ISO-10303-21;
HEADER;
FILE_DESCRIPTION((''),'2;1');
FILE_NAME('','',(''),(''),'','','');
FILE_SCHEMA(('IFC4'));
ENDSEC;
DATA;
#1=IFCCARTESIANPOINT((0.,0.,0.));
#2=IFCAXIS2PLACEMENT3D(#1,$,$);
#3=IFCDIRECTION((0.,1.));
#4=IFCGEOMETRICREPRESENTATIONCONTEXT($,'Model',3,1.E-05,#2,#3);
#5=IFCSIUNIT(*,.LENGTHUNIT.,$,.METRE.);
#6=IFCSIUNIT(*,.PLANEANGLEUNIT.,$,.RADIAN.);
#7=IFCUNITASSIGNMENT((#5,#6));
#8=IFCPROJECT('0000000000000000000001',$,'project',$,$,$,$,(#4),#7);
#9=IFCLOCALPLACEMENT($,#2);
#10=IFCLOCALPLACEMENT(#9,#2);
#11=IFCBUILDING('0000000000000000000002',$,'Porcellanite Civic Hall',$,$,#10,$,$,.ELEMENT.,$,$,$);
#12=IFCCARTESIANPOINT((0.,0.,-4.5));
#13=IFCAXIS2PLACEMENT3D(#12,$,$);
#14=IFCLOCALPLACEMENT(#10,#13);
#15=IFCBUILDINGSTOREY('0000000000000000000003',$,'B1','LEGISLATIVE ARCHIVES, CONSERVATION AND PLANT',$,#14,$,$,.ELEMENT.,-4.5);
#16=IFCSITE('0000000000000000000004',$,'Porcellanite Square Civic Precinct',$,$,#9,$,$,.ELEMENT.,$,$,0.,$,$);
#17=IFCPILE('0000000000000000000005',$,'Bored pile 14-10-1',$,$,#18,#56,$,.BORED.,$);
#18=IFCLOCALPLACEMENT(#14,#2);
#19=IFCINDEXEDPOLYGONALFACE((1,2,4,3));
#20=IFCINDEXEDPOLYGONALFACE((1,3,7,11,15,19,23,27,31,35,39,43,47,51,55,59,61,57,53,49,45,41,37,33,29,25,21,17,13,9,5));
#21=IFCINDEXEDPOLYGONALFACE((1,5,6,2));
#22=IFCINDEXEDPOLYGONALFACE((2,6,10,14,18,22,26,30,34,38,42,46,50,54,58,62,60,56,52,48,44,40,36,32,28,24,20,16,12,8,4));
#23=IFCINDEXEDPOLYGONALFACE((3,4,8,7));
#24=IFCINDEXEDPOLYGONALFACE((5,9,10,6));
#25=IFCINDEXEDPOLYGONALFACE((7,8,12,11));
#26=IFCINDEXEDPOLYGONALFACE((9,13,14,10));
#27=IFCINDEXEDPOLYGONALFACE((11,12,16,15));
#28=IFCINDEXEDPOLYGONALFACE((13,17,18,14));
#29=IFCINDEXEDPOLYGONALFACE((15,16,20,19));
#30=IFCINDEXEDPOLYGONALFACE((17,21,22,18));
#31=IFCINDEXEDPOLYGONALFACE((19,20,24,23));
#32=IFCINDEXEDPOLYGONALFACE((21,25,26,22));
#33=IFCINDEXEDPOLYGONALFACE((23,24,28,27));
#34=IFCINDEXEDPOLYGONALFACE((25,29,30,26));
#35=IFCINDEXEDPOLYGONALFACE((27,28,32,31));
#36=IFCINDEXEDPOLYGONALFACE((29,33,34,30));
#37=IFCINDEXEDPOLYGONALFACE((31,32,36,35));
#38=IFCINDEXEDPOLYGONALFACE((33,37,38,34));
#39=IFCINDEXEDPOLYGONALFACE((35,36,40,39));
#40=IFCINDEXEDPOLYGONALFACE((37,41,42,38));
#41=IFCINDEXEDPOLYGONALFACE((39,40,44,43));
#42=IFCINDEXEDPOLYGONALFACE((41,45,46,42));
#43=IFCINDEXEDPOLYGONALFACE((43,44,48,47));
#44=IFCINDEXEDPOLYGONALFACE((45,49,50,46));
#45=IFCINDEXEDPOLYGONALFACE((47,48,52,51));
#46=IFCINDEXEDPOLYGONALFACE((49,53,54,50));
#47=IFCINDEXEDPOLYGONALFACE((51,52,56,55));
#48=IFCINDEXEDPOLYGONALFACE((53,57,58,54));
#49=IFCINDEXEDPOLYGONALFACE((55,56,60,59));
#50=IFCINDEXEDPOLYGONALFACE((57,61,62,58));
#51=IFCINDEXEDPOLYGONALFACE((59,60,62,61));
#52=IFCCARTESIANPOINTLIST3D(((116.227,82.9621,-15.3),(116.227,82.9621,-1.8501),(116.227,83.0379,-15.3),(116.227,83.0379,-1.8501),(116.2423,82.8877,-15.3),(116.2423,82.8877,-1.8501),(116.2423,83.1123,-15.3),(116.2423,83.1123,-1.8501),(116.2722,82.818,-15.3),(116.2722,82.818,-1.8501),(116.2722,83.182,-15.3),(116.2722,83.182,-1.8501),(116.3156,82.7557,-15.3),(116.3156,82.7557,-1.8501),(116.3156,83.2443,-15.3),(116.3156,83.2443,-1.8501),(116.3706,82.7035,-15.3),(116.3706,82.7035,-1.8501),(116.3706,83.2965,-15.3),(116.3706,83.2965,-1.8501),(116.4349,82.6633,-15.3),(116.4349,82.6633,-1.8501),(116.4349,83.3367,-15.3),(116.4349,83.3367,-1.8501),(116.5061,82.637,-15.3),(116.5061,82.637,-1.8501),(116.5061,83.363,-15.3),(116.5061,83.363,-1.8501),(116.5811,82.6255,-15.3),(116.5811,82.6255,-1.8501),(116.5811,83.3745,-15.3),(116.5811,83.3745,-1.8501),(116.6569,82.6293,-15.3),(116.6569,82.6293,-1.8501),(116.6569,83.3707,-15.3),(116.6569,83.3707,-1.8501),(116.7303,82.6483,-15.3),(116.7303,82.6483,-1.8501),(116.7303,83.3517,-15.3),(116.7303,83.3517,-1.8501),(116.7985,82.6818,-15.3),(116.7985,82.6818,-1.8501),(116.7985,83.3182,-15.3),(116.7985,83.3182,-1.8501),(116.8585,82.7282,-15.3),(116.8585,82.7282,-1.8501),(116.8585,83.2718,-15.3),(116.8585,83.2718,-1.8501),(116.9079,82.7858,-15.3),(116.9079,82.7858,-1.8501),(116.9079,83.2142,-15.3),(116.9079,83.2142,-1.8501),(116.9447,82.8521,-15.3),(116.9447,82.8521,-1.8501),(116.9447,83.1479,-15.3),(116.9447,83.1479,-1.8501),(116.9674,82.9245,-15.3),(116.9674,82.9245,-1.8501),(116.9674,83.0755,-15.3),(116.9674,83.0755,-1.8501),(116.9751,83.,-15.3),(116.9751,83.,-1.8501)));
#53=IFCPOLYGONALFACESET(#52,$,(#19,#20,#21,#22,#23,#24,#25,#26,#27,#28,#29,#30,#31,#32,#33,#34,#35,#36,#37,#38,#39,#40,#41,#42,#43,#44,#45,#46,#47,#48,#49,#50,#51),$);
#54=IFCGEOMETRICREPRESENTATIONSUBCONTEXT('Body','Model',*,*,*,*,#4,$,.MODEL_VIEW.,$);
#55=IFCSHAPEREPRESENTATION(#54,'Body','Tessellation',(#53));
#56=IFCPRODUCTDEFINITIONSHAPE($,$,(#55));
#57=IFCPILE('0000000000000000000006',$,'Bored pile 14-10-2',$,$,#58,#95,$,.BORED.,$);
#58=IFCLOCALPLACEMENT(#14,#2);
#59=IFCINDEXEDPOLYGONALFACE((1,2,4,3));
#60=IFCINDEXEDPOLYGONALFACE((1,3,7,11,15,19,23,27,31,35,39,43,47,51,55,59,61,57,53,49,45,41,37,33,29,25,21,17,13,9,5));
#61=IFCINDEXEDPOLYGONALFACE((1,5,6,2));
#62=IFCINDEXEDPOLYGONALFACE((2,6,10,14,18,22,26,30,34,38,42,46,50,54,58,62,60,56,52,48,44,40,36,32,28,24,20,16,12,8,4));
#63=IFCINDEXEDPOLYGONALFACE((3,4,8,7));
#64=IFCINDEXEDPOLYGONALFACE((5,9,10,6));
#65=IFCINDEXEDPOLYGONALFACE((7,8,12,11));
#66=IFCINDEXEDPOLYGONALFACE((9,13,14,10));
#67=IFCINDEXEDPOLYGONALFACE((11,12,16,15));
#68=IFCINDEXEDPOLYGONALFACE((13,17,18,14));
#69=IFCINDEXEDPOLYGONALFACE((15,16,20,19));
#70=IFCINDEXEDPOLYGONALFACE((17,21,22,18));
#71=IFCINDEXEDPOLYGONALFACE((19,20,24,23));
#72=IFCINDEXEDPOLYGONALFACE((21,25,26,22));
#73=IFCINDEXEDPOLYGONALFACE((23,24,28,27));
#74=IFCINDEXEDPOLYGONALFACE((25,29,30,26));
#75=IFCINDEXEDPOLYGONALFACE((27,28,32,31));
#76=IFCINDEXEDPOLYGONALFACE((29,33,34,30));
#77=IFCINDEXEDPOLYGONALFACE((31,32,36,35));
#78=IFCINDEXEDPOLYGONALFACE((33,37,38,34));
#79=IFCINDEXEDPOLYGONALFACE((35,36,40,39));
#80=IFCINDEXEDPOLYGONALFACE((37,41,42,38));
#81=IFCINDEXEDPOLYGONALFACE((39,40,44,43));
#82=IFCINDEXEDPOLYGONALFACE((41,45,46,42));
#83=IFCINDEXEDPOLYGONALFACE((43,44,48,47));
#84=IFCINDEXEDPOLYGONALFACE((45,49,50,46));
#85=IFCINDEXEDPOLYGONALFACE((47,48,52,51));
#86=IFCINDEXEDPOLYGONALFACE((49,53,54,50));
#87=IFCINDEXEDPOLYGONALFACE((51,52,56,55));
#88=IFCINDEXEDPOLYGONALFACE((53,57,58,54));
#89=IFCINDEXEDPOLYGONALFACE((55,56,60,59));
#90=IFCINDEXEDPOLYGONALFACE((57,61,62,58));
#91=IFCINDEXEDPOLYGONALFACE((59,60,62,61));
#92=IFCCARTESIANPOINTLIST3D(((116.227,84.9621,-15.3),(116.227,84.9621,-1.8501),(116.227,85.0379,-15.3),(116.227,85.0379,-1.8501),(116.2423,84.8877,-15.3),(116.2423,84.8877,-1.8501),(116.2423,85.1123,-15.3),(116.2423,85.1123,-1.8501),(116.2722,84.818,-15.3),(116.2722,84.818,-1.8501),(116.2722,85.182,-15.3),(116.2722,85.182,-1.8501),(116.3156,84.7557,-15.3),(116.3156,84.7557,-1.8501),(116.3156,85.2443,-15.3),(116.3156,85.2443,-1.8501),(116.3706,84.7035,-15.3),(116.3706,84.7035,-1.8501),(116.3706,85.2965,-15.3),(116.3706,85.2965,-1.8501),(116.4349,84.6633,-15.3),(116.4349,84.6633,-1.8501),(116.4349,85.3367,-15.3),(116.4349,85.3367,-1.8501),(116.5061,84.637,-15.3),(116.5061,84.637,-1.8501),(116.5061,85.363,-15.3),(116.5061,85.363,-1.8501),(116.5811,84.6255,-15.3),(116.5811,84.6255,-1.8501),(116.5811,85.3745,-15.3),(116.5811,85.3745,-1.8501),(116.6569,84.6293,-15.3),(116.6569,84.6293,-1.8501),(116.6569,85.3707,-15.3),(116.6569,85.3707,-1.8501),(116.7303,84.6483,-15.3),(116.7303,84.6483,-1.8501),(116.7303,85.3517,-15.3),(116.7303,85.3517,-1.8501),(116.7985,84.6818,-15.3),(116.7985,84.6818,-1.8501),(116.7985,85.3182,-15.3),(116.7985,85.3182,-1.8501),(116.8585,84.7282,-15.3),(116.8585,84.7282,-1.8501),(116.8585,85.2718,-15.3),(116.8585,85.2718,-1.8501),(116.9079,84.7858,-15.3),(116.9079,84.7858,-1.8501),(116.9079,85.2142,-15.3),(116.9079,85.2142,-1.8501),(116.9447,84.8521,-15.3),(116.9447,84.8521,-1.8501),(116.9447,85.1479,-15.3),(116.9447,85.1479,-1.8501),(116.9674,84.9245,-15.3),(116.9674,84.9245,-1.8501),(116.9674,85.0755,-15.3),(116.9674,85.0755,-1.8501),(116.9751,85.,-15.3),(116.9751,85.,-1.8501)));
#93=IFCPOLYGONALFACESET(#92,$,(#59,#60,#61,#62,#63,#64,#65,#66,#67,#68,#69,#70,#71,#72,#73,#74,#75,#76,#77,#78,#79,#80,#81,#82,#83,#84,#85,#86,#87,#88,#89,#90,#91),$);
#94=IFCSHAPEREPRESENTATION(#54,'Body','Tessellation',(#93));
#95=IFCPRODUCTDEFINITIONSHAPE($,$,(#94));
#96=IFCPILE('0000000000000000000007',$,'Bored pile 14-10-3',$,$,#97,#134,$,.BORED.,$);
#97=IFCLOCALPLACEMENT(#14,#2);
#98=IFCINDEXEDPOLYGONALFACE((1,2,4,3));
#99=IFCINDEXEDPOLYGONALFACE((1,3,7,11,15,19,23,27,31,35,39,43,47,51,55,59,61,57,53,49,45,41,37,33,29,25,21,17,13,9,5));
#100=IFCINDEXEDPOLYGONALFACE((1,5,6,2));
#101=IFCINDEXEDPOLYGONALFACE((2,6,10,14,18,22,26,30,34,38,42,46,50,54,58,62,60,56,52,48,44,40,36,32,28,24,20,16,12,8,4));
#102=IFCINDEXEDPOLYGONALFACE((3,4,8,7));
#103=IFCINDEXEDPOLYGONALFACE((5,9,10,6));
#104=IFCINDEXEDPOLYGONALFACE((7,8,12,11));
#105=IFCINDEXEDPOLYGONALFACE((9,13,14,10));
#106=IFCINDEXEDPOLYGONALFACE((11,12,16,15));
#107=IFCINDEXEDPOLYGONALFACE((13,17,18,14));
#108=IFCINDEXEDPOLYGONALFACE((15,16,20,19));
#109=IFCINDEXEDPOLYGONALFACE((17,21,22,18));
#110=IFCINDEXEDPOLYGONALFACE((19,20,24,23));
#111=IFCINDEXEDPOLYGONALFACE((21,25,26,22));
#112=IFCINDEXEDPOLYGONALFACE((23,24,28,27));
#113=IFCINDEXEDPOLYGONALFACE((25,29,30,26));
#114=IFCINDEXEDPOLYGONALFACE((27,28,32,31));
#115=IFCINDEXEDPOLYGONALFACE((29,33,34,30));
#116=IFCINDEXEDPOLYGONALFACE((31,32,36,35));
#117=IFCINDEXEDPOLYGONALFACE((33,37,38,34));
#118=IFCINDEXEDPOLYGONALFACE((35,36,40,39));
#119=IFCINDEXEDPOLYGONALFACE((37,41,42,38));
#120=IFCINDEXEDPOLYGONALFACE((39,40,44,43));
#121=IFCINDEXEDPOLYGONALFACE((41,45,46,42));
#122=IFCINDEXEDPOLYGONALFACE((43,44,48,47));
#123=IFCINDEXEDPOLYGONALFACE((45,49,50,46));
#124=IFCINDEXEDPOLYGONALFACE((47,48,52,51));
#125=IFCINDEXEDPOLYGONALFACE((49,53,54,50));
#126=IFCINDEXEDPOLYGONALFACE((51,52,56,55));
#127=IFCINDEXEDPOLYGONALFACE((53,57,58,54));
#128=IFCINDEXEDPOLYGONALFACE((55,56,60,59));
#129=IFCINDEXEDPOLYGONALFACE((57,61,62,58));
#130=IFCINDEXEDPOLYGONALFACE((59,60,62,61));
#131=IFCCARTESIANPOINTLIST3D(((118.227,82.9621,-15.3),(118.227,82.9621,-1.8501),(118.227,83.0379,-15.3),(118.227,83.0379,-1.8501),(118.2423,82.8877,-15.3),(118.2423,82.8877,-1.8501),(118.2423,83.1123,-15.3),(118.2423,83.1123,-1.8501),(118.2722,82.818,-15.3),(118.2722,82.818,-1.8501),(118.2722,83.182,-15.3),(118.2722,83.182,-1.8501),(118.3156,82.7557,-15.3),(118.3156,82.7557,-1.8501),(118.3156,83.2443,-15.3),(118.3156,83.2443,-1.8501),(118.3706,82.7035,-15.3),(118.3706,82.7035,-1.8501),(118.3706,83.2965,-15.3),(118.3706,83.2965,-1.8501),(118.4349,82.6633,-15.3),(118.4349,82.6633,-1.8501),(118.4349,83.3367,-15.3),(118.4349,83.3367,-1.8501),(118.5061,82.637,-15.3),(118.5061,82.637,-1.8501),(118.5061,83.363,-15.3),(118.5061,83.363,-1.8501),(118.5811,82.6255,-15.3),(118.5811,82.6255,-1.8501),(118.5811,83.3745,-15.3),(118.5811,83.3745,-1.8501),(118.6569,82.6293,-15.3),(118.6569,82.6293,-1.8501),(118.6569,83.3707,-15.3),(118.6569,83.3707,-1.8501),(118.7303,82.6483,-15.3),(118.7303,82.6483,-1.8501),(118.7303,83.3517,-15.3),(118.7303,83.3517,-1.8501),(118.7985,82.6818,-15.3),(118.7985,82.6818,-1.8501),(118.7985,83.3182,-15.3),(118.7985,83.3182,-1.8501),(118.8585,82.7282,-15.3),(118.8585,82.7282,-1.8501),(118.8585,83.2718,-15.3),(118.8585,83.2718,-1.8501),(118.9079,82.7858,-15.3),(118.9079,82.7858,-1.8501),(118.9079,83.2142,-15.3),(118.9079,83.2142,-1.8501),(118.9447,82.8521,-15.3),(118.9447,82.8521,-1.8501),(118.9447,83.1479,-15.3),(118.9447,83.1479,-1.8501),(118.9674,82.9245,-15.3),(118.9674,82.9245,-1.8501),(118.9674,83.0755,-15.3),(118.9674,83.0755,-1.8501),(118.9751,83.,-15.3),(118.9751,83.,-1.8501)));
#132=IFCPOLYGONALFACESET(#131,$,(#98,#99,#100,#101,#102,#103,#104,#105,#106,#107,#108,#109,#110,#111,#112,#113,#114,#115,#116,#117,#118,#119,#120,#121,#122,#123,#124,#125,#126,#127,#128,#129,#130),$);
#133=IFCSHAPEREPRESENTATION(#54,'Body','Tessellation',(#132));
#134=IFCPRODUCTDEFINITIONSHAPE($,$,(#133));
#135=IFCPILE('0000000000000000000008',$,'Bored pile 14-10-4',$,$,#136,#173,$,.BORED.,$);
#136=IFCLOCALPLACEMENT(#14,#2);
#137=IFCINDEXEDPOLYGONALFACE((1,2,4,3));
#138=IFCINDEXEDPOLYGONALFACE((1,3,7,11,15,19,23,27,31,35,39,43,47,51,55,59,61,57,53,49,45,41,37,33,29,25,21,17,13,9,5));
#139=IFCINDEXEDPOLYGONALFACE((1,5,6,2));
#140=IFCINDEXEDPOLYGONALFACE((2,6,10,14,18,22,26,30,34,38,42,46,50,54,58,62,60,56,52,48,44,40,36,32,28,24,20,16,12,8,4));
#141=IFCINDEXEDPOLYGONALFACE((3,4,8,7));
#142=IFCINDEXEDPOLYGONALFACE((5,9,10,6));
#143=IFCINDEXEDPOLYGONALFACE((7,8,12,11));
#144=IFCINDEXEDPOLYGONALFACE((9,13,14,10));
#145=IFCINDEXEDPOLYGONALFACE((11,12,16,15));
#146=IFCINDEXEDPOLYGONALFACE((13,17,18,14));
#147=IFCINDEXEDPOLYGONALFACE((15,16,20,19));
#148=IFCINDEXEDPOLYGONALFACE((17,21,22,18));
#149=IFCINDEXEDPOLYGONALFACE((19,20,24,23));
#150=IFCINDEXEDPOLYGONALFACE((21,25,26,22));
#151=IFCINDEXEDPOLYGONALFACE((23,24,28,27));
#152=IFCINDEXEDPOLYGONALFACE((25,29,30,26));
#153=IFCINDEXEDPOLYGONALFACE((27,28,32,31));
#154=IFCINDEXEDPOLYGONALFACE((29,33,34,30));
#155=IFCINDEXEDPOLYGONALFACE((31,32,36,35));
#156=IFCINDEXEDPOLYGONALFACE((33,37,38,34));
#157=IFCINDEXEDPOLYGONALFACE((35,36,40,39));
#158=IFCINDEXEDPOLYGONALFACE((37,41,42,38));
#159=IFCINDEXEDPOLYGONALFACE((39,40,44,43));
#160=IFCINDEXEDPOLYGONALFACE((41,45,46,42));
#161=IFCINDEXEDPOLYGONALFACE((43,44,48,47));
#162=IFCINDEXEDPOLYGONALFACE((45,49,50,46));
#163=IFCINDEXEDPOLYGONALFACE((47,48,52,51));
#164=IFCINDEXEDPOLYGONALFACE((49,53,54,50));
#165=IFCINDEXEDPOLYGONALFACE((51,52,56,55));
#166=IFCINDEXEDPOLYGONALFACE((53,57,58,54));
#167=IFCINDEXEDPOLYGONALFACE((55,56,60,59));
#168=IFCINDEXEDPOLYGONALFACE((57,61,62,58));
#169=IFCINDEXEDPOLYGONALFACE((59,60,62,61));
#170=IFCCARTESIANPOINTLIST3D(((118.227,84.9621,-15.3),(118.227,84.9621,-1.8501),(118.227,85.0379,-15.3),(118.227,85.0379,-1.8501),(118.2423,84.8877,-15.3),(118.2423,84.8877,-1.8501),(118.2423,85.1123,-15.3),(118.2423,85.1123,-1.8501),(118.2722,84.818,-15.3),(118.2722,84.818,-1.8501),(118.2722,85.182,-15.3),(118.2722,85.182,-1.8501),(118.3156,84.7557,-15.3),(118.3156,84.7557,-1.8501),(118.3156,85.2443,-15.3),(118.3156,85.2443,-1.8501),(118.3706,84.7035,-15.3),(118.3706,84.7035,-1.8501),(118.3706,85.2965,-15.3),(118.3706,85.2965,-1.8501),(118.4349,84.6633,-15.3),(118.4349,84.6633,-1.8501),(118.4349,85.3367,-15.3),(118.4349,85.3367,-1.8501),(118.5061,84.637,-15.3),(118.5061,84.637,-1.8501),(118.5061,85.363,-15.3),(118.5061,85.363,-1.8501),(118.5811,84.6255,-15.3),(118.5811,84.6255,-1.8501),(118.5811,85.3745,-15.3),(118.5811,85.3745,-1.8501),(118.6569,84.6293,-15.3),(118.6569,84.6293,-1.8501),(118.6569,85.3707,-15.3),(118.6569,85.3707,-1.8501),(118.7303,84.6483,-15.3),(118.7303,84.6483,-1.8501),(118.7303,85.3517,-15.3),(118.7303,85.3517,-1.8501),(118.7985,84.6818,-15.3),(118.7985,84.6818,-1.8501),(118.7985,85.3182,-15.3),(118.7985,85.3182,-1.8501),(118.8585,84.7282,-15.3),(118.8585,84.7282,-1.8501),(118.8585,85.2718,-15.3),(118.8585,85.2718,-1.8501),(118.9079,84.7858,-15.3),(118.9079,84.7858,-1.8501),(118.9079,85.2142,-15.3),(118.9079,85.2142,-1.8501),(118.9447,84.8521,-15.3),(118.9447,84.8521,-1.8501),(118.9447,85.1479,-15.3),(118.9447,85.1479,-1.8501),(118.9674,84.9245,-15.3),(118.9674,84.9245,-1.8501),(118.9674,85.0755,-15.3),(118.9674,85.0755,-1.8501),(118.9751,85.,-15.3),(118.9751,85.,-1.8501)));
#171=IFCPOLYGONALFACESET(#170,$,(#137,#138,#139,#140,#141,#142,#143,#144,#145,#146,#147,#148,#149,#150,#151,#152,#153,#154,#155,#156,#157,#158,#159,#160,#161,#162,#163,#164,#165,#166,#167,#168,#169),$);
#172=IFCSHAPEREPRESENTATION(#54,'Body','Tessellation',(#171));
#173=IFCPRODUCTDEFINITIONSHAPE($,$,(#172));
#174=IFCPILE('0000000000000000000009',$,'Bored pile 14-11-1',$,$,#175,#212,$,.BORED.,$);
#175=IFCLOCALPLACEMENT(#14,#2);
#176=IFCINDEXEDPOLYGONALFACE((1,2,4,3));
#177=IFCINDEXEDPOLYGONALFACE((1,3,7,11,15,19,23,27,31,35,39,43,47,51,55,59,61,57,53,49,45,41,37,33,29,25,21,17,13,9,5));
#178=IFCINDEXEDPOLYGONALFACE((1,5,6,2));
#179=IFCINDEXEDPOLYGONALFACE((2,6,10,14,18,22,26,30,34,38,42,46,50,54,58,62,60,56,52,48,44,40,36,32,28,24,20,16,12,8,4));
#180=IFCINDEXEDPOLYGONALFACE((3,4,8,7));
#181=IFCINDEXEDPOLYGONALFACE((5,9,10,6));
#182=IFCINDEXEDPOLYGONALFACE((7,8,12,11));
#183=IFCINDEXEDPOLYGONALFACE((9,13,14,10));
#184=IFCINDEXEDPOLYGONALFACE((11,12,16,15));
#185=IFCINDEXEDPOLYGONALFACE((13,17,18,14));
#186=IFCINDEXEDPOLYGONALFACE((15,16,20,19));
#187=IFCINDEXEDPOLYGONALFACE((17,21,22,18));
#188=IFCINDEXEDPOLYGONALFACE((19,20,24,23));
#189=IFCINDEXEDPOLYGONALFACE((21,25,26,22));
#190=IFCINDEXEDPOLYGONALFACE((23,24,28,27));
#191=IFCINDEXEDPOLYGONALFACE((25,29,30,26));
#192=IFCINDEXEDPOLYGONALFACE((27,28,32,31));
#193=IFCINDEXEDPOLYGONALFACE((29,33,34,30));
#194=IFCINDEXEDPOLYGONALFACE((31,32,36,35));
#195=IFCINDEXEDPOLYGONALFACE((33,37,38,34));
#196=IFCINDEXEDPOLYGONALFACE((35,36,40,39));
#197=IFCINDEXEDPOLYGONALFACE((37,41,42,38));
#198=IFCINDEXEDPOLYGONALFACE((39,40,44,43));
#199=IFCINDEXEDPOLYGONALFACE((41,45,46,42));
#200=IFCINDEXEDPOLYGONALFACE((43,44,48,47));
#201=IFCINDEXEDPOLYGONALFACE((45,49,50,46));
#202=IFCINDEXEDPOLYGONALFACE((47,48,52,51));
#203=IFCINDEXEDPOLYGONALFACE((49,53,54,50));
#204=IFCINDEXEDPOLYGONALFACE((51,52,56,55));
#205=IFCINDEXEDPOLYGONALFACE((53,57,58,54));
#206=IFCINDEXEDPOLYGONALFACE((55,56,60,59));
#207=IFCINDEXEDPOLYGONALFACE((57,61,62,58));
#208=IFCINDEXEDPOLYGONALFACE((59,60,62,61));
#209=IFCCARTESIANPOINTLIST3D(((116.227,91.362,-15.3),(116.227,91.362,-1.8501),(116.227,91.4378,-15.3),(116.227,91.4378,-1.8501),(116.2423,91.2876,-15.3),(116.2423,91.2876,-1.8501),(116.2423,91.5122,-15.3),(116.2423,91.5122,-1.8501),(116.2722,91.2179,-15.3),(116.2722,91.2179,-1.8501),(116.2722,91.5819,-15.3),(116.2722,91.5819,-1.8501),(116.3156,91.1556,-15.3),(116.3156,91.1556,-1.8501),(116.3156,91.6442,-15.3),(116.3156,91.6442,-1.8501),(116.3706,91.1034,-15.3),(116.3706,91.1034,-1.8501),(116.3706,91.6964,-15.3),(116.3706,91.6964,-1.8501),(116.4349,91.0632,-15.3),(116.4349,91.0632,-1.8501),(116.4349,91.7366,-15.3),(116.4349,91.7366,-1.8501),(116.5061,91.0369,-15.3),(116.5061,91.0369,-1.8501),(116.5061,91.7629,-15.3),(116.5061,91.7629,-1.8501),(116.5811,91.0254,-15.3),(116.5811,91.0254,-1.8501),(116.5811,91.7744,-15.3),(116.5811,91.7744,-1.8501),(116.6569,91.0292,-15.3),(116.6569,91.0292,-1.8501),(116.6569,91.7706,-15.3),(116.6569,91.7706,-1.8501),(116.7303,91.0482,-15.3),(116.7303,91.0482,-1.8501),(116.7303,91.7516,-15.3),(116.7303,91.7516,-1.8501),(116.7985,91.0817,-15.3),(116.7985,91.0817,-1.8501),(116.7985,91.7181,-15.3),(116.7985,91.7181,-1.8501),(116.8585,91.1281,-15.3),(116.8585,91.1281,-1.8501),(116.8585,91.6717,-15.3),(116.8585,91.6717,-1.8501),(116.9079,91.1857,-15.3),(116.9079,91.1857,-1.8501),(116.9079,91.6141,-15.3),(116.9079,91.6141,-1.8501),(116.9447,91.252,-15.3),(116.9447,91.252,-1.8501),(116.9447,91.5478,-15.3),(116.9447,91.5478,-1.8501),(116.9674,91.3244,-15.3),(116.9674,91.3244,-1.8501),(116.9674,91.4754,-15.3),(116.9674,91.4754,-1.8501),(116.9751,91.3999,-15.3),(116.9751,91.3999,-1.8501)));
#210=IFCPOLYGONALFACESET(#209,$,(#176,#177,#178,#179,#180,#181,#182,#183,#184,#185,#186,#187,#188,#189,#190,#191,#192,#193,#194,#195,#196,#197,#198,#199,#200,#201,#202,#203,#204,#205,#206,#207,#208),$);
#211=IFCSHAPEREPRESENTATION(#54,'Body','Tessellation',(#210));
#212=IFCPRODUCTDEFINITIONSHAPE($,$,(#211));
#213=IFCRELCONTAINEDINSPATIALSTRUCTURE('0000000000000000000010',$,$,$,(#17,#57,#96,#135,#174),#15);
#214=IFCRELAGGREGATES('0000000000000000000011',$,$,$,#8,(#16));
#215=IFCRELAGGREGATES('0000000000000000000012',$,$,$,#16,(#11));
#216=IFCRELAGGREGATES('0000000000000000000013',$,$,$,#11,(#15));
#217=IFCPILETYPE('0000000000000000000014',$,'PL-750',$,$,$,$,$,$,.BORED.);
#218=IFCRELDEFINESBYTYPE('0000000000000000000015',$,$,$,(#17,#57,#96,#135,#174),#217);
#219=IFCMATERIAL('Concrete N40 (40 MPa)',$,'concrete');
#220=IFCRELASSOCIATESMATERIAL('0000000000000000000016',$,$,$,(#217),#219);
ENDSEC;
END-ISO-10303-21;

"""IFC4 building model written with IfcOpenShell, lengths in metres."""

from ifc_helpers import new_model, si_unit, direction, frame, origin, origin_2d, place, context, subcontext, project, spatial, circle, extrude, material, material_profile, profile_set, type_object, element, save


model = new_model("IFC4")

# Units and contexts
model_context = context("Model", 3, precision=1e-05, world=origin(), true_north=direction((0.0, 1.0)))
body_context = subcontext(model_context, "Body", "Model", "MODEL_VIEW")
ifc_project = project(units=[si_unit("LENGTHUNIT", "METRE"), si_unit("PLANEANGLEUNIT", "RADIAN")], contexts=[model_context])

# Site, building, storey
site_placement = place(None, origin())
site = spatial("IfcSite", under=ifc_project, at=site_placement, Name="Porcellanite Square Civic Precinct", CompositionType="ELEMENT", RefElevation=0.0)
building_placement = place(site_placement, origin())
building = spatial("IfcBuilding", under=site, at=building_placement, Name="Porcellanite Civic Hall", CompositionType="ELEMENT")
storey_placement = place(building_placement, frame((0.0, 0.0, -4.5)))
storey = spatial("IfcBuildingStorey", under=building, at=storey_placement, Name="B1", Description="LEGISLATIVE ARCHIVES, CONSERVATION AND PLANT", CompositionType="ELEMENT", Elevation=-4.5)

# Piles
ifc_material_1 = material(Name="Concrete N40 (40 MPa)", Category="concrete")
ifc_material_profile_1 = material_profile(ifc_material_1, circle(Radius=0.375, at=origin_2d()), Name="PILE-D750")
ifc_profile_set_1 = profile_set([ifc_material_profile_1], Name="Concrete N40 (40 MPa)")
pile_type = type_object("IfcPileType", Name="PL-750", PredefinedType="BORED", material=ifc_profile_set_1)
for number, where, z_axis, x_axis, name in (
    (1, (116.6001, 83.0, -1.8501), (0.0, 0.0, -1.0), (1.0, 0.0, 0.0), "Bored pile 14-10-1"),
    (2, (116.6001, 85.0, -1.8501), (0.0, 0.0, -1.0), (1.0, 0.0, 0.0), "Bored pile 14-10-2"),
    (3, (118.6001, 83.0, -1.8501), (0.0, 0.0, -1.0), (1.0, 0.0, 0.0), "Bored pile 14-10-3"),
    (4, (118.6001, 85.0, -1.8501), (0.0, 0.0, -1.0), (1.0, 0.0, 0.0), "Bored pile 14-10-4"),
    (5, (116.6001, 91.3999, -1.8501), (0.0, 0.0, -1.0), (1.0, 0.0, 0.0), "Bored pile 14-11-1"),
):
    element("IfcPile", number, at=place(storey_placement, frame(where, z_axis=z_axis, x_axis=x_axis)), inside=storey, type_object=pile_type, Name=name, PredefinedType="BORED", context=body_context, shape_type="SweptSolid", body=[
        extrude(circle(Radius=0.375, at=origin_2d()), origin(), (0.0, 0.0, 1.0), 13.45),
    ])

save(model, "model.ifc")
